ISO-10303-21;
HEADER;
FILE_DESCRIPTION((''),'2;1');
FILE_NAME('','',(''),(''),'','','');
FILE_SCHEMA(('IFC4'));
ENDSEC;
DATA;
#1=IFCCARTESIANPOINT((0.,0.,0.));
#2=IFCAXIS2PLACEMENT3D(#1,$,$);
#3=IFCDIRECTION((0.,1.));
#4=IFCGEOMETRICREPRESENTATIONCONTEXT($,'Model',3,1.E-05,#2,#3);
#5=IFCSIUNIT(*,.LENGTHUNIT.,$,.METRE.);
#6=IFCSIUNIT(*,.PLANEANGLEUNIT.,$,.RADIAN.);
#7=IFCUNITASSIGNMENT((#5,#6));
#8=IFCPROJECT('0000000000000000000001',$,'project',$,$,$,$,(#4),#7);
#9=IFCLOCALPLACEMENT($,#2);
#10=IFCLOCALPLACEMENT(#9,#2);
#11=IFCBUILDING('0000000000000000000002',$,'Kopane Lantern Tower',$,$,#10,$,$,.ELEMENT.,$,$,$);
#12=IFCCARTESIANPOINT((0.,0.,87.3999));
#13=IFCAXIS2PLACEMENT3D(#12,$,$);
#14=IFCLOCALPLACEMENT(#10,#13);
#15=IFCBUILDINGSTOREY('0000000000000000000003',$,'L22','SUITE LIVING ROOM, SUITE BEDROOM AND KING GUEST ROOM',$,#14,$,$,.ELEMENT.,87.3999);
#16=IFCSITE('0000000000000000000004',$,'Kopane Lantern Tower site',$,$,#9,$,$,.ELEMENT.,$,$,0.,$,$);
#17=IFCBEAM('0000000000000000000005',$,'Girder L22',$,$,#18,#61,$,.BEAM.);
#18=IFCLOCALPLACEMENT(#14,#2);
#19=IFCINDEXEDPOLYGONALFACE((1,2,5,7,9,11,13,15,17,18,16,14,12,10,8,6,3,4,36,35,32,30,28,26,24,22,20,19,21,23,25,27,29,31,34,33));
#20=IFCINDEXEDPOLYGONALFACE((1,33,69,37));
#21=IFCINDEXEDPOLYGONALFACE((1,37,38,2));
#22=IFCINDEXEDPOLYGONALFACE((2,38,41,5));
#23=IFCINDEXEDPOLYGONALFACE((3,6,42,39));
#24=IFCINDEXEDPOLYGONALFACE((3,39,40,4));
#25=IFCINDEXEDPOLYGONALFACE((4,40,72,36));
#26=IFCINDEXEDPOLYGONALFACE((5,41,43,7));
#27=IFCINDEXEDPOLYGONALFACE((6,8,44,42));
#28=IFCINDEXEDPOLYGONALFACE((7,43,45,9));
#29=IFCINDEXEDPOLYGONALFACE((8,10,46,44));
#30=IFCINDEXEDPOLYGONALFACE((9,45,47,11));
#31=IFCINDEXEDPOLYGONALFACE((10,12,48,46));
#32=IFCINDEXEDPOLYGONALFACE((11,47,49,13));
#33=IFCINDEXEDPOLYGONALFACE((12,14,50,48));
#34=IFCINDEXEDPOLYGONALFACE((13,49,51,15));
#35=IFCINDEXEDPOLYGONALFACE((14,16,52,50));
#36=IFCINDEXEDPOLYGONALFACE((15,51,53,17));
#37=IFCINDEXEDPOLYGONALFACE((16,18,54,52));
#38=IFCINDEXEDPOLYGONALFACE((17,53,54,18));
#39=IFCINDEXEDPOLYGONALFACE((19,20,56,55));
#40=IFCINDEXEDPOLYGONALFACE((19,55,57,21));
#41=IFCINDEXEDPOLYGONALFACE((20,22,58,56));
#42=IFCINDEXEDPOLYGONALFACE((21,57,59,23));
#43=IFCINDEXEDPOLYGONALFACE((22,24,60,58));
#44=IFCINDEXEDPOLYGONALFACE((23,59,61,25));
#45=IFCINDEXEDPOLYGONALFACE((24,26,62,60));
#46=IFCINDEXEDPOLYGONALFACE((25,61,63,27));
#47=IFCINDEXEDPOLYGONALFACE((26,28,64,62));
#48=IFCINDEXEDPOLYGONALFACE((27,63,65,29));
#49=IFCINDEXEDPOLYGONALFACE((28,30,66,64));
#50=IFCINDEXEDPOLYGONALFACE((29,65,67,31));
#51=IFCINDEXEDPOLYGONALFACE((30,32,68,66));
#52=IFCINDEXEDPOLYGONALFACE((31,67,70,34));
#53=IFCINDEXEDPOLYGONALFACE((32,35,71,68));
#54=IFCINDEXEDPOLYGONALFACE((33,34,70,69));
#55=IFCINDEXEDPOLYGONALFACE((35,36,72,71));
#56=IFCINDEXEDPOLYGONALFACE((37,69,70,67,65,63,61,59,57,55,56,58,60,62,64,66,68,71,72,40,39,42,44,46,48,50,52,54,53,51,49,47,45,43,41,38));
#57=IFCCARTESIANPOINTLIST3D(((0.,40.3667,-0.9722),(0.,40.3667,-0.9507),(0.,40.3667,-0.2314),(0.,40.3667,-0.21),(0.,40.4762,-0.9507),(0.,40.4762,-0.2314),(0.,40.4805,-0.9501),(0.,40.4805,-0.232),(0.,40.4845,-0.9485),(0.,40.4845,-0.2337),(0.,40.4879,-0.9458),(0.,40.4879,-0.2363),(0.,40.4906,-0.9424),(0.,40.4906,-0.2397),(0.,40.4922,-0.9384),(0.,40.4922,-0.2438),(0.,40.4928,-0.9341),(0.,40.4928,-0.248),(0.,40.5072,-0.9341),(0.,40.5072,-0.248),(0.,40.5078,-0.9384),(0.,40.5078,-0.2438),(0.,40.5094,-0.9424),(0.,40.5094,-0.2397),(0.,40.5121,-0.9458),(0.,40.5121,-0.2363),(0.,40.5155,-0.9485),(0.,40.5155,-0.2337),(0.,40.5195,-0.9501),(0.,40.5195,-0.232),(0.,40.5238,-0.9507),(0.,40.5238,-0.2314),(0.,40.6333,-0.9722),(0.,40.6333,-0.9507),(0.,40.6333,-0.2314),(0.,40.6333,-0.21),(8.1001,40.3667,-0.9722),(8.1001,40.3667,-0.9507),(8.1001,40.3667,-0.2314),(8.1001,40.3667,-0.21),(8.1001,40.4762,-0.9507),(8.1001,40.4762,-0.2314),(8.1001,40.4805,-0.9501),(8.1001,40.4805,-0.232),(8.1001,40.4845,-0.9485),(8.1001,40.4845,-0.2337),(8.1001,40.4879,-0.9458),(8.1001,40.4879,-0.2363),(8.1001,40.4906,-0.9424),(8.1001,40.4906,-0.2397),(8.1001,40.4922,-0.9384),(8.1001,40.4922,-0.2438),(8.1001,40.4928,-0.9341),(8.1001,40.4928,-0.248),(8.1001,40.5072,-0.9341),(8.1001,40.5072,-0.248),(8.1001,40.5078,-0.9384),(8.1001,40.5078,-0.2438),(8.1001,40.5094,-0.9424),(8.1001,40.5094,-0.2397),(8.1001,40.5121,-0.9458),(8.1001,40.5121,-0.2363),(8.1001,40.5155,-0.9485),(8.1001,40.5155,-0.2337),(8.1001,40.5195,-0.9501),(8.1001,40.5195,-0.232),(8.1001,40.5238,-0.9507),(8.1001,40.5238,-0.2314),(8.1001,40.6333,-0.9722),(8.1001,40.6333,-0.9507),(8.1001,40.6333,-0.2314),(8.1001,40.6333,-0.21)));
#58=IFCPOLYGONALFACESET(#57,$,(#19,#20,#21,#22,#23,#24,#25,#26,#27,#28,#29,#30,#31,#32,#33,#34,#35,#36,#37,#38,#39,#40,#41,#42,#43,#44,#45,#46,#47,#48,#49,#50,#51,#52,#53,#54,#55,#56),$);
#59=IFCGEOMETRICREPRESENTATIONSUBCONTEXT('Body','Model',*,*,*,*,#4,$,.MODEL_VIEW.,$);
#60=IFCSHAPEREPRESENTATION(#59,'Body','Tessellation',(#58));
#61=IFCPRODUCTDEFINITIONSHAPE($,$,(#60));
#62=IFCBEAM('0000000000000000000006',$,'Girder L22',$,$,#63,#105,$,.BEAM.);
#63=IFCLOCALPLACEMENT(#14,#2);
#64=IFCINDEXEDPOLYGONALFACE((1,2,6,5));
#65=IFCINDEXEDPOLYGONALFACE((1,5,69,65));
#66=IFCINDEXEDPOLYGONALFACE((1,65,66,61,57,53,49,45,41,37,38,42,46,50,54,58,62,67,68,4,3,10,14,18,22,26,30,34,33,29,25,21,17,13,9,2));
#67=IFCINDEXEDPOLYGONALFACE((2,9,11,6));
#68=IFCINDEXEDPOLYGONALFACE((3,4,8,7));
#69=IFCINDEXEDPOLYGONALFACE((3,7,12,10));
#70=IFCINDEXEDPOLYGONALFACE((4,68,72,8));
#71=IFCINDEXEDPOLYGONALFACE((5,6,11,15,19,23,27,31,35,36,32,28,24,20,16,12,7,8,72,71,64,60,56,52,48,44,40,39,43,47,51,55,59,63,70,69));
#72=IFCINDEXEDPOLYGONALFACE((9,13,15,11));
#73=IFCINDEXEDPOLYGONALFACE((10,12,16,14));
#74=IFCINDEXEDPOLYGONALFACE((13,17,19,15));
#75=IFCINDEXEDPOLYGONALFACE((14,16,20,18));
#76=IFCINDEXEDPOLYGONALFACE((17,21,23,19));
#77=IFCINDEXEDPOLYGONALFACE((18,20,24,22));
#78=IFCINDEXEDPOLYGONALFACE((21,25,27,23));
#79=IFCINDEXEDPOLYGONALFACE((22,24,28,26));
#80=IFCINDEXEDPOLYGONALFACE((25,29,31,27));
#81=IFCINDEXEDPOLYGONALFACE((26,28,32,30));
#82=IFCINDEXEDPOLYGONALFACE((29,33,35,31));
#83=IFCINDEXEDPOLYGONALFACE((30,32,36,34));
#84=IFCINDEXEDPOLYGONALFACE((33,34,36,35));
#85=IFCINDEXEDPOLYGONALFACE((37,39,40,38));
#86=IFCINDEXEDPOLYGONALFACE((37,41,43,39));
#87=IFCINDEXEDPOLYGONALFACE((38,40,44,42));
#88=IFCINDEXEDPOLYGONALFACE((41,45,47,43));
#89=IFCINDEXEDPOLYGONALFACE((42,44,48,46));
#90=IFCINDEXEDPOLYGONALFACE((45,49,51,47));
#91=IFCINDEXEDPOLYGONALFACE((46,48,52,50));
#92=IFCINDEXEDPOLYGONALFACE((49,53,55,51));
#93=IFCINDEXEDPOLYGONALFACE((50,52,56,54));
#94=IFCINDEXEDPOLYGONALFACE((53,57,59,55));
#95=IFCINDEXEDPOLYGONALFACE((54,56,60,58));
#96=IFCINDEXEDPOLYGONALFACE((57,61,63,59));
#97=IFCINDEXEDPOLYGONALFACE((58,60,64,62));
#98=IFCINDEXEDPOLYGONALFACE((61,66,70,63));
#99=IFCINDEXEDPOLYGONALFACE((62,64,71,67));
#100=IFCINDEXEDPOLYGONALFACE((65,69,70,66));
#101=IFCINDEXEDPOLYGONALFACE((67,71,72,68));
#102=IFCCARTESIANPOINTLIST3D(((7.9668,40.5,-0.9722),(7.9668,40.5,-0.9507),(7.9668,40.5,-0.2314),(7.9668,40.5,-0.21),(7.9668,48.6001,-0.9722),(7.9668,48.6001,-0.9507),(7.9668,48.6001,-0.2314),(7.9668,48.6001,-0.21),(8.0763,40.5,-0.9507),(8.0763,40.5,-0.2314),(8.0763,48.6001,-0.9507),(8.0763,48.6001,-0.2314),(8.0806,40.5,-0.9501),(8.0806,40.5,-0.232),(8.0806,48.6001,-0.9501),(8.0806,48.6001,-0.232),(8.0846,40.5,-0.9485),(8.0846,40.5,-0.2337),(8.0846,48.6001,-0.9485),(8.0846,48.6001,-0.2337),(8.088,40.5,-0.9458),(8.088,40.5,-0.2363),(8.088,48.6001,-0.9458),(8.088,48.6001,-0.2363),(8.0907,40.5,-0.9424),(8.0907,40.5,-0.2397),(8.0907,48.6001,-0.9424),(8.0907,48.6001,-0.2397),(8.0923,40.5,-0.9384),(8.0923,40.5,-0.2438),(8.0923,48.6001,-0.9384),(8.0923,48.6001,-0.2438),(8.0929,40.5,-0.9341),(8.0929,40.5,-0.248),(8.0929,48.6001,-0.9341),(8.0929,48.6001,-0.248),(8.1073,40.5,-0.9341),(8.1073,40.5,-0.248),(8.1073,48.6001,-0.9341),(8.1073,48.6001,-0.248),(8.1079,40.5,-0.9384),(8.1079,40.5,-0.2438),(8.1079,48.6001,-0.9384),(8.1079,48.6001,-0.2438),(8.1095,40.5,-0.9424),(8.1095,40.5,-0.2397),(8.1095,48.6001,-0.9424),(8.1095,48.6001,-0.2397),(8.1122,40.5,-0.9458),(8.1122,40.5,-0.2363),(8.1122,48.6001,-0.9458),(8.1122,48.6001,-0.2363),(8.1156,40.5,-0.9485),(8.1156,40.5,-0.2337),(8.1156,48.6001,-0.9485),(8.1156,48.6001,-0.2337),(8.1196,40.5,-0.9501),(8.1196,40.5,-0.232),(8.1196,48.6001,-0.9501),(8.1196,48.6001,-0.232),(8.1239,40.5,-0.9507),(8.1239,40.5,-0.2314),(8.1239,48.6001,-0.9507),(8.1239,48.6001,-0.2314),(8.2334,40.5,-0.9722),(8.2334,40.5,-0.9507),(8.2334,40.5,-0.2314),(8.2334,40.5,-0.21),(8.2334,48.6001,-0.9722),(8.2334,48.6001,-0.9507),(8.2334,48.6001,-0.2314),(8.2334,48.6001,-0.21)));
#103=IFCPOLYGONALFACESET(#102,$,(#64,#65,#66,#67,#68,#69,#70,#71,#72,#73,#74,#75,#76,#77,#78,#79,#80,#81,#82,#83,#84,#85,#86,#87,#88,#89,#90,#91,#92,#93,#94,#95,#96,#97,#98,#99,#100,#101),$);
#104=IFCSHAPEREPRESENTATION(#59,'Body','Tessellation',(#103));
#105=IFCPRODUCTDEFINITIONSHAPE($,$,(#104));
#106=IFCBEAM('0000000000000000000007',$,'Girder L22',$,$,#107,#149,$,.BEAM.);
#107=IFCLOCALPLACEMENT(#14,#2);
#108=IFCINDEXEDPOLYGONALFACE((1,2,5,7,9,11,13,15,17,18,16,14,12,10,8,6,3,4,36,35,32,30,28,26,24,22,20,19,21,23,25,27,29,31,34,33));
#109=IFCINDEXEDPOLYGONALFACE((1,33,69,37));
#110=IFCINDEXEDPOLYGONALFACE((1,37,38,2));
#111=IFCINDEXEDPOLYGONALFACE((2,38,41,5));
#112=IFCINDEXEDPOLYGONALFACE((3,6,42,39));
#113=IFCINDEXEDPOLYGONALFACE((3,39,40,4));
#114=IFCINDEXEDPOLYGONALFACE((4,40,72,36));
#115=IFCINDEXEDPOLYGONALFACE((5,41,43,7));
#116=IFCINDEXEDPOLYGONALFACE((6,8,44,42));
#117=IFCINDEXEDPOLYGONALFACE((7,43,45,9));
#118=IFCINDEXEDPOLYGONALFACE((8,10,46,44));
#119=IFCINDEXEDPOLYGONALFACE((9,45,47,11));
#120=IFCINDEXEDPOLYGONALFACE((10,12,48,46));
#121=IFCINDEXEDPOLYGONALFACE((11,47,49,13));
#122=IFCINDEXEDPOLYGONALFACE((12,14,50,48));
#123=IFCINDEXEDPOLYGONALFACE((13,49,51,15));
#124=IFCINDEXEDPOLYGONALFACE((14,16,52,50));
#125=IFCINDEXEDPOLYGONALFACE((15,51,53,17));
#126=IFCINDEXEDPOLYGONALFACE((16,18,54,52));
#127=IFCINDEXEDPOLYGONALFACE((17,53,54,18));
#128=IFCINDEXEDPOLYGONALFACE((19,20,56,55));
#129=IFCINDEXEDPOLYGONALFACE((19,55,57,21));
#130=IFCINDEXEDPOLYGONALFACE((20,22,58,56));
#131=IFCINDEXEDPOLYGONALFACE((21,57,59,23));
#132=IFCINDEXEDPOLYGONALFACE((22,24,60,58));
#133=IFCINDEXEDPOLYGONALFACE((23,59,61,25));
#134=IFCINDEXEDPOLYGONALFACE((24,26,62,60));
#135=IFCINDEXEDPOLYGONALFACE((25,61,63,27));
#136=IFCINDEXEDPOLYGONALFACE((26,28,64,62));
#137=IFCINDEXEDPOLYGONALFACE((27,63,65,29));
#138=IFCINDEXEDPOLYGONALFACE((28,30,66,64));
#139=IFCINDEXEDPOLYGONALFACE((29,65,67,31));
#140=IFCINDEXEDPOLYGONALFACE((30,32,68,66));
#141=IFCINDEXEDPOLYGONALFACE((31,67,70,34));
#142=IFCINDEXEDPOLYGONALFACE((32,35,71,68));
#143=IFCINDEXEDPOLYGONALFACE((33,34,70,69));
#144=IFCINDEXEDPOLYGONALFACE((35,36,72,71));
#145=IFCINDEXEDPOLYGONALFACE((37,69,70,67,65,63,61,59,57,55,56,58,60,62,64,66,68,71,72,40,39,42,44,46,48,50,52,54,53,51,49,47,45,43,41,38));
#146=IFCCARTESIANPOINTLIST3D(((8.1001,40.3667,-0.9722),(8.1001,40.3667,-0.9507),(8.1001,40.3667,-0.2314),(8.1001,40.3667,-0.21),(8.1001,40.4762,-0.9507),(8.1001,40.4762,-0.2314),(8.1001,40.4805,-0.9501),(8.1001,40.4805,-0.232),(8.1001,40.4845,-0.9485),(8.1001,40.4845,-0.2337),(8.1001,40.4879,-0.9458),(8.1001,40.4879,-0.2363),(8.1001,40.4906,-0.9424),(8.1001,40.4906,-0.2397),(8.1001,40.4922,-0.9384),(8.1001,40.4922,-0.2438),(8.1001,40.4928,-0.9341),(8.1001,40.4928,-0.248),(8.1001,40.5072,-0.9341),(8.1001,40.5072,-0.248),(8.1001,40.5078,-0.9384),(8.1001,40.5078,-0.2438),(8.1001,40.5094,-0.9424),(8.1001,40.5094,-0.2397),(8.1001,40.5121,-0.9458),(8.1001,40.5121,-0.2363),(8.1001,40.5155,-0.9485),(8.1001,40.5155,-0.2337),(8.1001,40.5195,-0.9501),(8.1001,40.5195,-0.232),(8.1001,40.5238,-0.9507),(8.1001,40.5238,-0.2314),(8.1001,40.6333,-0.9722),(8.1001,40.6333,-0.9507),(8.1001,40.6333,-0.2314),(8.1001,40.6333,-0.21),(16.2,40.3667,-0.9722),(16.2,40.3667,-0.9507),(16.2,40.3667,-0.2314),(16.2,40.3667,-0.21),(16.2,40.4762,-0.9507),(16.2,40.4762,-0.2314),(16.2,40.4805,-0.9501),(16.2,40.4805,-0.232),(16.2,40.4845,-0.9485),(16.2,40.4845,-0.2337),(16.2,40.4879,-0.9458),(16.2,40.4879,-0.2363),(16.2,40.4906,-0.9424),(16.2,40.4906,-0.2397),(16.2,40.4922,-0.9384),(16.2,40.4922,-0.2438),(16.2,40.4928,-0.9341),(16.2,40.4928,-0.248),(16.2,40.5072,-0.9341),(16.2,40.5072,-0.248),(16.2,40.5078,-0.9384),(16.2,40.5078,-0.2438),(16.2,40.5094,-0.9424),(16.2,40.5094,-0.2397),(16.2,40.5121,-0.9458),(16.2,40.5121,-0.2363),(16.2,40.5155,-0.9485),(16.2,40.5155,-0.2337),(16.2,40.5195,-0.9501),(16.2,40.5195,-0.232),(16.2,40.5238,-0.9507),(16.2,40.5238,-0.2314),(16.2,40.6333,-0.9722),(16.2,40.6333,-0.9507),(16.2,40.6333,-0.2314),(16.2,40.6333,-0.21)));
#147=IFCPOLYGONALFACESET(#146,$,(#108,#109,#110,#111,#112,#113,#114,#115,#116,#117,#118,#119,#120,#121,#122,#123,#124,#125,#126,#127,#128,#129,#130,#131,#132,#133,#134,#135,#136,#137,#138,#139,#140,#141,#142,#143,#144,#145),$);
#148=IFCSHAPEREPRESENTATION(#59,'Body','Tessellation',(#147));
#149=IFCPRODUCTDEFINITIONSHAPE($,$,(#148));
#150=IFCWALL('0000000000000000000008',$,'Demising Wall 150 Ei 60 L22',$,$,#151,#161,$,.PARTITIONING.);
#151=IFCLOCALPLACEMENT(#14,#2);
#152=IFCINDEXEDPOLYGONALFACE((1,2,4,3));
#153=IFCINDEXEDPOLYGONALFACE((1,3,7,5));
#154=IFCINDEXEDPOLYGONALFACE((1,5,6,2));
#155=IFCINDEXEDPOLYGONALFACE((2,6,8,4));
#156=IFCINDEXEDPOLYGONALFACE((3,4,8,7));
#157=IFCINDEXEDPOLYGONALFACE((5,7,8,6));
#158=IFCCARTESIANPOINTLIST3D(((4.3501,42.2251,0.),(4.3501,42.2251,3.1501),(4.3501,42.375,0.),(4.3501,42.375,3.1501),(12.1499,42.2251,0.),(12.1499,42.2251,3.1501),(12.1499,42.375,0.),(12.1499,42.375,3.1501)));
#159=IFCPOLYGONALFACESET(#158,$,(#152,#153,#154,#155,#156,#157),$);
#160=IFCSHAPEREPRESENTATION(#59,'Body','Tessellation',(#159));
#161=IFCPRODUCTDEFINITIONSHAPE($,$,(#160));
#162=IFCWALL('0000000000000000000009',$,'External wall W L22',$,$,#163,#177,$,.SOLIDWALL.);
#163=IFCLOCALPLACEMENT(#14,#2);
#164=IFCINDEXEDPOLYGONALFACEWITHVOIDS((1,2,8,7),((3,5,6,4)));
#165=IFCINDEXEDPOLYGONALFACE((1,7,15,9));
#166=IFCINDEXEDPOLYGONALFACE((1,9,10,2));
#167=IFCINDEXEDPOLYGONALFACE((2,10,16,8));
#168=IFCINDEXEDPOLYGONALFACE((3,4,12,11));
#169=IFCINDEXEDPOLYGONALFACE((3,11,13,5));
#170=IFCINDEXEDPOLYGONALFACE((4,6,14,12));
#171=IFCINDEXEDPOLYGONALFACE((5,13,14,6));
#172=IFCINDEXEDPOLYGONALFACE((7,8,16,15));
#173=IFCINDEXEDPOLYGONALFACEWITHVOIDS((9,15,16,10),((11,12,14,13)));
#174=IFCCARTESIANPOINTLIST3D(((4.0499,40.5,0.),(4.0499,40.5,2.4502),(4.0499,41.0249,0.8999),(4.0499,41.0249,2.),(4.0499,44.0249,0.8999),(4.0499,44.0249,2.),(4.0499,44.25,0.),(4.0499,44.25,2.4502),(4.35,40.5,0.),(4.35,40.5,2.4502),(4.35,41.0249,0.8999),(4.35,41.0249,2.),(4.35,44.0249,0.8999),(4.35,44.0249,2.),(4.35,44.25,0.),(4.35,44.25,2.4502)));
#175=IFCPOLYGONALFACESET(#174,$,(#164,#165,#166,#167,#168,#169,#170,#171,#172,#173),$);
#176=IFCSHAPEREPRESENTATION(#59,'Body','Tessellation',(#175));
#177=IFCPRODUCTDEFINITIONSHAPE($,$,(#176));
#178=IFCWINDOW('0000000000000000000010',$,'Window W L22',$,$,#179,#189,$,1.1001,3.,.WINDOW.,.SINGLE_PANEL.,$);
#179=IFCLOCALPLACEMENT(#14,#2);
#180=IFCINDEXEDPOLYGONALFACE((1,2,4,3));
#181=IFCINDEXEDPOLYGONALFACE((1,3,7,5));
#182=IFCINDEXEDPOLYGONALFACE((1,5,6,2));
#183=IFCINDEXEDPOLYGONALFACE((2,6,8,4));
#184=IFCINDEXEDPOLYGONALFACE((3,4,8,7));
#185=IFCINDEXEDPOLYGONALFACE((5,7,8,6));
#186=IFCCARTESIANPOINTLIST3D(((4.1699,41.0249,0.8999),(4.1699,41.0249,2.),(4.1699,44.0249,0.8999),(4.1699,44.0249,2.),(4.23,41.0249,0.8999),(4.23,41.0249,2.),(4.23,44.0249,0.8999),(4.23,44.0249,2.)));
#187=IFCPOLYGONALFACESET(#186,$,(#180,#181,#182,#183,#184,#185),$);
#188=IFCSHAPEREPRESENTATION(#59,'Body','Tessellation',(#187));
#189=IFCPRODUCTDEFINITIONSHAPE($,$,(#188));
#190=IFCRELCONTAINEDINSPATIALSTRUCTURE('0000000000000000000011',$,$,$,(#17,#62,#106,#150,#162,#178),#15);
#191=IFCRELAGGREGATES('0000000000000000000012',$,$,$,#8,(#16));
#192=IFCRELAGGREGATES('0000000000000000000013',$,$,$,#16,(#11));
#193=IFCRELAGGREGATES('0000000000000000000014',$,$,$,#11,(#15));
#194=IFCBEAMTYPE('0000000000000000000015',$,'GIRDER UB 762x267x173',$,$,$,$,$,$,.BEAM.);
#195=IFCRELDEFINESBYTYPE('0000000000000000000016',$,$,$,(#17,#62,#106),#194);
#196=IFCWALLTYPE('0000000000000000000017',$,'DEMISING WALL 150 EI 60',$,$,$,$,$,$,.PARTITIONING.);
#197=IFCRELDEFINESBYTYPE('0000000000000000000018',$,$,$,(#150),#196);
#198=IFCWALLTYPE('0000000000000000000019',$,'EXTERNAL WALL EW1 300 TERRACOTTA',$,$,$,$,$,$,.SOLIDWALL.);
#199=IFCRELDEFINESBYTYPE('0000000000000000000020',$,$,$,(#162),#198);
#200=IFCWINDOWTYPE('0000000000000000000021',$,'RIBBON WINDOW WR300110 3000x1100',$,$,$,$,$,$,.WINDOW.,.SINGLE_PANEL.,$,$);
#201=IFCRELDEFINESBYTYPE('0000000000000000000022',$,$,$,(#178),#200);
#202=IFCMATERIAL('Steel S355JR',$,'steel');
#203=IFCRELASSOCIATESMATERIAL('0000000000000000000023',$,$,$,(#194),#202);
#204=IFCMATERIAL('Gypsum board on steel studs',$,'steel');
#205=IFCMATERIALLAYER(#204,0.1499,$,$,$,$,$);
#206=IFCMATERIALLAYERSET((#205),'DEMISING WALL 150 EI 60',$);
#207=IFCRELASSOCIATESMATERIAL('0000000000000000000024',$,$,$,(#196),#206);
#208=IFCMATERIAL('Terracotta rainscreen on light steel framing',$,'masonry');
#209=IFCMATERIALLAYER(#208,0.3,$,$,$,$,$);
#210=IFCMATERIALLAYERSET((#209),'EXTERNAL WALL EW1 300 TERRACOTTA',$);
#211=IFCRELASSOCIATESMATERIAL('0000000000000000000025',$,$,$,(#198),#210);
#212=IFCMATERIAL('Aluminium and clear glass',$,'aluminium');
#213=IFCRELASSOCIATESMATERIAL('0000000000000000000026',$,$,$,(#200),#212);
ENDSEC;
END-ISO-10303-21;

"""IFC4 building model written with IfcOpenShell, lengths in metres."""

from ifc_helpers import new_model, si_unit, direction, frame, frame_2d, origin, origin_2d, place, context, subcontext, project, spatial, rectangle, i_section, extrude, material, layer, layer_set, material_profile, profile_set, type_object, element, fill, save


model = new_model("IFC4")

# Units and contexts
model_context = context("Model", 3, precision=1e-05, world=origin(), true_north=direction((0.0, 1.0)))
body_context = subcontext(model_context, "Body", "Model", "MODEL_VIEW")
ifc_project = project(units=[si_unit("LENGTHUNIT", "METRE"), si_unit("PLANEANGLEUNIT", "RADIAN")], contexts=[model_context])

# Site, building, storey
site_placement = place(None, origin())
site = spatial("IfcSite", under=ifc_project, at=site_placement, Name="Kopane Lantern Tower site", CompositionType="ELEMENT", RefElevation=0.0)
building_placement = place(site_placement, origin())
building = spatial("IfcBuilding", under=site, at=building_placement, Name="Kopane Lantern Tower", CompositionType="ELEMENT")
storey_placement = place(building_placement, frame((0.0, 0.0, 87.3999)))
storey = spatial("IfcBuildingStorey", under=building, at=storey_placement, Name="L22", Description="SUITE LIVING ROOM, SUITE BEDROOM AND KING GUEST ROOM", CompositionType="ELEMENT", Elevation=87.3999)

# Beams
ifc_material_1 = material(Name="Steel S355JR", Category="steel")
ifc_material_profile_1 = material_profile(ifc_material_1, i_section(OverallWidth=0.2666, OverallDepth=0.7622, WebThickness=0.0144, FlangeThickness=0.0215, FilletRadius=0.0166, at=origin_2d()), Name="UB 762x267x173")
ifc_profile_set_1 = profile_set([ifc_material_profile_1], Name="Steel S355JR")
beam_type_1 = type_object("IfcBeamType", Name="GIRDER UB 762x267x173", PredefinedType="BEAM", material=ifc_profile_set_1)
for number, where, z_axis, x_axis, name in (
    (1, (0.0, 40.5, -0.5911), (1.0, 0.0, 0.0), (0.0, 1.0, 0.0), "Girder L22"),
    (2, (8.1001, 40.5, -0.5911), (0.0, 1.0, 0.0), (-1.0, 0.0, 0.0), "Girder L22"),
):
    element("IfcBeam", number, at=place(storey_placement, frame(where, z_axis=z_axis, x_axis=x_axis)), inside=storey, type_object=beam_type_1, Name=name, PredefinedType="BEAM", context=body_context, shape_type="SweptSolid", body=[
        extrude(i_section(OverallWidth=0.2666, OverallDepth=0.7622, WebThickness=0.0144, FlangeThickness=0.0215, FilletRadius=0.0166, at=origin_2d()), origin(), (0.0, 0.0, 1.0), 8.1001),
    ])
beam_1_placement = place(storey_placement, frame((8.1001, 40.5, -0.5911), z_axis=(1.0, 0.0, 0.0), x_axis=(0.0, 1.0, 0.0)))
element("IfcBeam", 3, at=beam_1_placement, inside=storey, type_object=beam_type_1, Name="Girder L22", PredefinedType="BEAM", context=body_context, shape_type="SweptSolid", body=[
    extrude(i_section(OverallWidth=0.2666, OverallDepth=0.7622, WebThickness=0.0144, FlangeThickness=0.0215, FilletRadius=0.0166, at=origin_2d()), origin(), (0.0, 0.0, 1.0), 8.0999),
])

# Wall
ifc_material_2 = material(Name="Gypsum board on steel studs", Category="steel")
ifc_layer_1 = layer(ifc_material_2, 0.1499)
ifc_layer_set_1 = layer_set([ifc_layer_1], Name="DEMISING WALL 150 EI 60")
wall_type_1 = type_object("IfcWallType", Name="DEMISING WALL 150 EI 60", PredefinedType="PARTITIONING", material=ifc_layer_set_1)
wall_1_placement = place(storey_placement, frame((4.3501, 42.3, 0.0), z_axis=(0.0, 0.0, 1.0), x_axis=(1.0, 0.0, 0.0)))
element("IfcWall", 4, at=wall_1_placement, inside=storey, type_object=wall_type_1, Name="Demising Wall 150 Ei 60 L22", PredefinedType="PARTITIONING", context=body_context, shape_type="SweptSolid", body=[
    extrude(rectangle(XDim=7.7998, YDim=0.1499, at=frame_2d((3.8999, 0.0))), origin(), (0.0, 0.0, 1.0), 3.1501),
])

# Wall, opening, window
ifc_material_3 = material(Name="Terracotta rainscreen on light steel framing", Category="masonry")
ifc_layer_2 = layer(ifc_material_3, 0.3)
ifc_layer_set_2 = layer_set([ifc_layer_2], Name="EXTERNAL WALL EW1 300 TERRACOTTA")
wall_type_2 = type_object("IfcWallType", Name="EXTERNAL WALL EW1 300 TERRACOTTA", PredefinedType="SOLIDWALL", material=ifc_layer_set_2)
wall_2_placement = place(storey_placement, frame((4.2, 44.25, 0.0), z_axis=(0.0, 0.0, 1.0), x_axis=(0.0, -1.0, 0.0)))
wall_2 = element("IfcWall", 5, at=wall_2_placement, inside=storey, type_object=wall_type_2, Name="External wall W L22", PredefinedType="SOLIDWALL", context=body_context, shape_type="SweptSolid", body=[
    extrude(rectangle(XDim=3.75, YDim=0.3, at=frame_2d((1.875, 0.0))), origin(), (0.0, 0.0, 1.0), 2.4502),
])
opening_placement = place(wall_2_placement, frame((0.2251, 0.0, 0.8999)))
opening = element("IfcOpeningElement", 6, at=opening_placement, cuts=wall_2, PredefinedType="OPENING", context=body_context, shape_type="SweptSolid", body=[
    extrude(rectangle(XDim=3.0, YDim=1.1001, at=frame_2d((1.5, 0.55))), frame((0.0, 0.1599, 0.0), z_axis=(0.0, -1.0, 0.0), x_axis=(1.0, 0.0, 0.0)), (0.0, 0.0, 1.0), 0.3201),
])
ifc_material_4 = material(Name="Aluminium and clear glass", Category="aluminium")
window_type = type_object("IfcWindowType", Name="RIBBON WINDOW WR300110 3000x1100", PartitioningType="SINGLE_PANEL", PredefinedType="WINDOW", material=ifc_material_4)
window_placement = place(opening_placement, origin())
window = element("IfcWindow", 7, at=window_placement, inside=storey, type_object=window_type, Name="Window W L22", OverallHeight=1.1001, OverallWidth=3.0, PartitioningType="SINGLE_PANEL", PredefinedType="WINDOW", context=body_context, shape_type="SweptSolid", body=[
    extrude(rectangle(XDim=3.0, YDim=1.1001, at=frame_2d((1.5, 0.55))), frame((0.0, 0.03, 0.0), z_axis=(0.0, -1.0, 0.0), x_axis=(1.0, 0.0, 0.0)), (0.0, 0.0, 1.0), 0.0601),
])
fill(opening, window)

save(model, "model.ifc")
